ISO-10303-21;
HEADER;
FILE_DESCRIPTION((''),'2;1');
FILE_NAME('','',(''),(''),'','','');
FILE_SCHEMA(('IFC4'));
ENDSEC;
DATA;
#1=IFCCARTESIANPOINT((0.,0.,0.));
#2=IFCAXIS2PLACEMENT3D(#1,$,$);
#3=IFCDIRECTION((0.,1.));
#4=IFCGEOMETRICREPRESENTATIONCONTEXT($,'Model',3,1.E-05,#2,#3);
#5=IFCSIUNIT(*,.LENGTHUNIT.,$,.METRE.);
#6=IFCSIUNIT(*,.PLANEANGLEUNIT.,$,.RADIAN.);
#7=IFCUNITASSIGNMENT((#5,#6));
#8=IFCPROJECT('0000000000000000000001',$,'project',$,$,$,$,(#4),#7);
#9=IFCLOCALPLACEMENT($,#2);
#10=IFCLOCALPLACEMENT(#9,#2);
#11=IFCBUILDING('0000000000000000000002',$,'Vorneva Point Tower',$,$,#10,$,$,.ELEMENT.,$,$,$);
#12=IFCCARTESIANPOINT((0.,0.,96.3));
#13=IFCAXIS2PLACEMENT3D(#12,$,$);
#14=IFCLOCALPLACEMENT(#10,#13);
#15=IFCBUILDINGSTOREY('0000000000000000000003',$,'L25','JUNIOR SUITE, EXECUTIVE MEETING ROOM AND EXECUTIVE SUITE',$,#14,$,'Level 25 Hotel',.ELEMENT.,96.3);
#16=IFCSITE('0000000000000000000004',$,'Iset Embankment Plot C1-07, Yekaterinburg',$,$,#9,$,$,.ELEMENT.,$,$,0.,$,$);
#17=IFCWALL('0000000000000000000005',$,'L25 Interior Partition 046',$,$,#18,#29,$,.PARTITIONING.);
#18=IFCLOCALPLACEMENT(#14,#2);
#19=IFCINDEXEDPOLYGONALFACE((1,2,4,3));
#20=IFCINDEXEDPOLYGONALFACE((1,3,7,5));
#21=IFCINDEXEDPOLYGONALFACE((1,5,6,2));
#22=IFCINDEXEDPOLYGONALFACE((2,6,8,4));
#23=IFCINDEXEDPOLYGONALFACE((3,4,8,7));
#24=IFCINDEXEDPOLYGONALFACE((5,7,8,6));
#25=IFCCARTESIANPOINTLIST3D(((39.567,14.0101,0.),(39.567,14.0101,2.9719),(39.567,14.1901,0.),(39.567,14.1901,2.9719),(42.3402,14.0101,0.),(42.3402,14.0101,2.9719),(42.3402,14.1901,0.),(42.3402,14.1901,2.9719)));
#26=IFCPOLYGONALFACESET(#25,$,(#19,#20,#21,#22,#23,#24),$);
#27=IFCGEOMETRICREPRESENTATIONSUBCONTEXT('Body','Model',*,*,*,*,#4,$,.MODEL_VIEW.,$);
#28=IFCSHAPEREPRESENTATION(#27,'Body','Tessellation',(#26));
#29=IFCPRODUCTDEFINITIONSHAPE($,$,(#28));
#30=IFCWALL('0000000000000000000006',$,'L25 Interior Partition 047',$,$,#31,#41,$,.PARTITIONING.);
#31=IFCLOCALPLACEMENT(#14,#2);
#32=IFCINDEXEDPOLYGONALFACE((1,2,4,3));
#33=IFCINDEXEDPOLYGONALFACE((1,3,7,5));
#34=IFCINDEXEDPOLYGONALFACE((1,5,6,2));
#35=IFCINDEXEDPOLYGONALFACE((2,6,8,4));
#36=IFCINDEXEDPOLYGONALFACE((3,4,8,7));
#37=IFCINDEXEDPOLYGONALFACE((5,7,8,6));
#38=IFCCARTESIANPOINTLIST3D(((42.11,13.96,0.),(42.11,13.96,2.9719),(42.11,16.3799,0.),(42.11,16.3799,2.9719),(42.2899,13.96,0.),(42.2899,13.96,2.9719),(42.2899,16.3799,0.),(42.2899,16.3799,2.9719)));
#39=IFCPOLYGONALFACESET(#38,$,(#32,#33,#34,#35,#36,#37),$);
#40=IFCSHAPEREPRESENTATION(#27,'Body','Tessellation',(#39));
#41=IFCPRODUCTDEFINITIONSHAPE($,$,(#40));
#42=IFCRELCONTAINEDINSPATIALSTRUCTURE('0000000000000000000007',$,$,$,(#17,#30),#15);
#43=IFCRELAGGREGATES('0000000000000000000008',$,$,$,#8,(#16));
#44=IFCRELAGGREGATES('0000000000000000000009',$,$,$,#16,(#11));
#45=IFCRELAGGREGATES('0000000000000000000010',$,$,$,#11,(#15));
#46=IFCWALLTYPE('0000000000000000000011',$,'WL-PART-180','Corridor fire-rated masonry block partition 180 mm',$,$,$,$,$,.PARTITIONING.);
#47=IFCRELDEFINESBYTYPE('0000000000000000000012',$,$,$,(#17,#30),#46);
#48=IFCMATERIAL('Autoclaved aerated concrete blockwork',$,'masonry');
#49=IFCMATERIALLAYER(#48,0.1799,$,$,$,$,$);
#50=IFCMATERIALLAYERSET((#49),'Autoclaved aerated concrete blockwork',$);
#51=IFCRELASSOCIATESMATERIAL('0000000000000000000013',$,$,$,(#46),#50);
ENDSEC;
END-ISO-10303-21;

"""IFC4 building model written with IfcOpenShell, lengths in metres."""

from ifc_helpers import new_model, si_unit, direction, frame, frame_2d, origin, place, context, subcontext, project, spatial, rectangle, extrude, material, layer, layer_set, type_object, element, save


model = new_model("IFC4")

# Units and contexts
model_context = context("Model", 3, precision=1e-05, world=origin(), true_north=direction((0.0, 1.0)))
body_context = subcontext(model_context, "Body", "Model", "MODEL_VIEW")
ifc_project = project(units=[si_unit("LENGTHUNIT", "METRE"), si_unit("PLANEANGLEUNIT", "RADIAN")], contexts=[model_context])

# Site, building, storey
site_placement = place(None, origin())
site = spatial("IfcSite", under=ifc_project, at=site_placement, Name="Iset Embankment Plot C1-07, Yekaterinburg", CompositionType="ELEMENT", RefElevation=0.0)
building_placement = place(site_placement, origin())
building = spatial("IfcBuilding", under=site, at=building_placement, Name="Vorneva Point Tower", CompositionType="ELEMENT")
storey_placement = place(building_placement, frame((0.0, 0.0, 96.3)))
storey = spatial("IfcBuildingStorey", under=building, at=storey_placement, Name="L25", Description="JUNIOR SUITE, EXECUTIVE MEETING ROOM AND EXECUTIVE SUITE", LongName="Level 25 Hotel", CompositionType="ELEMENT", Elevation=96.3)

# Shared definitions
ifc_material_1 = material(Name="Autoclaved aerated concrete blockwork", Category="masonry")
ifc_layer_1 = layer(ifc_material_1, 0.1799)
ifc_layer_set_1 = layer_set([ifc_layer_1], Name="Autoclaved aerated concrete blockwork")
wall_type_1 = type_object("IfcWallType", Name="WL-PART-180", Description="Corridor fire-rated masonry block partition 180 mm", PredefinedType="PARTITIONING", material=ifc_layer_set_1)

# Walls
wall_1_placement = place(storey_placement, frame((39.5669, 14.1001, 0.0), z_axis=(0.0, 0.0, 1.0), x_axis=(1.0, 0.0, 0.0)))
element("IfcWall", 1, at=wall_1_placement, inside=storey, type_object=wall_type_1, Name="L25 Interior Partition 046", PredefinedType="PARTITIONING", context=body_context, shape_type="SweptSolid", body=[
    extrude(rectangle(XDim=2.7732, YDim=0.1799, at=frame_2d((1.3867, 0.0))), origin(), (0.0, 0.0, 1.0), 2.9719),
])
wall_2_placement = place(storey_placement, frame((42.2, 13.96, 0.0), z_axis=(0.0, 0.0, 1.0), x_axis=(0.0, 1.0, 0.0)))
element("IfcWall", 2, at=wall_2_placement, inside=storey, type_object=wall_type_1, Name="L25 Interior Partition 047", PredefinedType="PARTITIONING", context=body_context, shape_type="SweptSolid", body=[
    extrude(rectangle(XDim=2.4199, YDim=0.1799, at=frame_2d((1.21, 0.0))), origin(), (0.0, 0.0, 1.0), 2.9719),
])

save(model, "model.ifc")
